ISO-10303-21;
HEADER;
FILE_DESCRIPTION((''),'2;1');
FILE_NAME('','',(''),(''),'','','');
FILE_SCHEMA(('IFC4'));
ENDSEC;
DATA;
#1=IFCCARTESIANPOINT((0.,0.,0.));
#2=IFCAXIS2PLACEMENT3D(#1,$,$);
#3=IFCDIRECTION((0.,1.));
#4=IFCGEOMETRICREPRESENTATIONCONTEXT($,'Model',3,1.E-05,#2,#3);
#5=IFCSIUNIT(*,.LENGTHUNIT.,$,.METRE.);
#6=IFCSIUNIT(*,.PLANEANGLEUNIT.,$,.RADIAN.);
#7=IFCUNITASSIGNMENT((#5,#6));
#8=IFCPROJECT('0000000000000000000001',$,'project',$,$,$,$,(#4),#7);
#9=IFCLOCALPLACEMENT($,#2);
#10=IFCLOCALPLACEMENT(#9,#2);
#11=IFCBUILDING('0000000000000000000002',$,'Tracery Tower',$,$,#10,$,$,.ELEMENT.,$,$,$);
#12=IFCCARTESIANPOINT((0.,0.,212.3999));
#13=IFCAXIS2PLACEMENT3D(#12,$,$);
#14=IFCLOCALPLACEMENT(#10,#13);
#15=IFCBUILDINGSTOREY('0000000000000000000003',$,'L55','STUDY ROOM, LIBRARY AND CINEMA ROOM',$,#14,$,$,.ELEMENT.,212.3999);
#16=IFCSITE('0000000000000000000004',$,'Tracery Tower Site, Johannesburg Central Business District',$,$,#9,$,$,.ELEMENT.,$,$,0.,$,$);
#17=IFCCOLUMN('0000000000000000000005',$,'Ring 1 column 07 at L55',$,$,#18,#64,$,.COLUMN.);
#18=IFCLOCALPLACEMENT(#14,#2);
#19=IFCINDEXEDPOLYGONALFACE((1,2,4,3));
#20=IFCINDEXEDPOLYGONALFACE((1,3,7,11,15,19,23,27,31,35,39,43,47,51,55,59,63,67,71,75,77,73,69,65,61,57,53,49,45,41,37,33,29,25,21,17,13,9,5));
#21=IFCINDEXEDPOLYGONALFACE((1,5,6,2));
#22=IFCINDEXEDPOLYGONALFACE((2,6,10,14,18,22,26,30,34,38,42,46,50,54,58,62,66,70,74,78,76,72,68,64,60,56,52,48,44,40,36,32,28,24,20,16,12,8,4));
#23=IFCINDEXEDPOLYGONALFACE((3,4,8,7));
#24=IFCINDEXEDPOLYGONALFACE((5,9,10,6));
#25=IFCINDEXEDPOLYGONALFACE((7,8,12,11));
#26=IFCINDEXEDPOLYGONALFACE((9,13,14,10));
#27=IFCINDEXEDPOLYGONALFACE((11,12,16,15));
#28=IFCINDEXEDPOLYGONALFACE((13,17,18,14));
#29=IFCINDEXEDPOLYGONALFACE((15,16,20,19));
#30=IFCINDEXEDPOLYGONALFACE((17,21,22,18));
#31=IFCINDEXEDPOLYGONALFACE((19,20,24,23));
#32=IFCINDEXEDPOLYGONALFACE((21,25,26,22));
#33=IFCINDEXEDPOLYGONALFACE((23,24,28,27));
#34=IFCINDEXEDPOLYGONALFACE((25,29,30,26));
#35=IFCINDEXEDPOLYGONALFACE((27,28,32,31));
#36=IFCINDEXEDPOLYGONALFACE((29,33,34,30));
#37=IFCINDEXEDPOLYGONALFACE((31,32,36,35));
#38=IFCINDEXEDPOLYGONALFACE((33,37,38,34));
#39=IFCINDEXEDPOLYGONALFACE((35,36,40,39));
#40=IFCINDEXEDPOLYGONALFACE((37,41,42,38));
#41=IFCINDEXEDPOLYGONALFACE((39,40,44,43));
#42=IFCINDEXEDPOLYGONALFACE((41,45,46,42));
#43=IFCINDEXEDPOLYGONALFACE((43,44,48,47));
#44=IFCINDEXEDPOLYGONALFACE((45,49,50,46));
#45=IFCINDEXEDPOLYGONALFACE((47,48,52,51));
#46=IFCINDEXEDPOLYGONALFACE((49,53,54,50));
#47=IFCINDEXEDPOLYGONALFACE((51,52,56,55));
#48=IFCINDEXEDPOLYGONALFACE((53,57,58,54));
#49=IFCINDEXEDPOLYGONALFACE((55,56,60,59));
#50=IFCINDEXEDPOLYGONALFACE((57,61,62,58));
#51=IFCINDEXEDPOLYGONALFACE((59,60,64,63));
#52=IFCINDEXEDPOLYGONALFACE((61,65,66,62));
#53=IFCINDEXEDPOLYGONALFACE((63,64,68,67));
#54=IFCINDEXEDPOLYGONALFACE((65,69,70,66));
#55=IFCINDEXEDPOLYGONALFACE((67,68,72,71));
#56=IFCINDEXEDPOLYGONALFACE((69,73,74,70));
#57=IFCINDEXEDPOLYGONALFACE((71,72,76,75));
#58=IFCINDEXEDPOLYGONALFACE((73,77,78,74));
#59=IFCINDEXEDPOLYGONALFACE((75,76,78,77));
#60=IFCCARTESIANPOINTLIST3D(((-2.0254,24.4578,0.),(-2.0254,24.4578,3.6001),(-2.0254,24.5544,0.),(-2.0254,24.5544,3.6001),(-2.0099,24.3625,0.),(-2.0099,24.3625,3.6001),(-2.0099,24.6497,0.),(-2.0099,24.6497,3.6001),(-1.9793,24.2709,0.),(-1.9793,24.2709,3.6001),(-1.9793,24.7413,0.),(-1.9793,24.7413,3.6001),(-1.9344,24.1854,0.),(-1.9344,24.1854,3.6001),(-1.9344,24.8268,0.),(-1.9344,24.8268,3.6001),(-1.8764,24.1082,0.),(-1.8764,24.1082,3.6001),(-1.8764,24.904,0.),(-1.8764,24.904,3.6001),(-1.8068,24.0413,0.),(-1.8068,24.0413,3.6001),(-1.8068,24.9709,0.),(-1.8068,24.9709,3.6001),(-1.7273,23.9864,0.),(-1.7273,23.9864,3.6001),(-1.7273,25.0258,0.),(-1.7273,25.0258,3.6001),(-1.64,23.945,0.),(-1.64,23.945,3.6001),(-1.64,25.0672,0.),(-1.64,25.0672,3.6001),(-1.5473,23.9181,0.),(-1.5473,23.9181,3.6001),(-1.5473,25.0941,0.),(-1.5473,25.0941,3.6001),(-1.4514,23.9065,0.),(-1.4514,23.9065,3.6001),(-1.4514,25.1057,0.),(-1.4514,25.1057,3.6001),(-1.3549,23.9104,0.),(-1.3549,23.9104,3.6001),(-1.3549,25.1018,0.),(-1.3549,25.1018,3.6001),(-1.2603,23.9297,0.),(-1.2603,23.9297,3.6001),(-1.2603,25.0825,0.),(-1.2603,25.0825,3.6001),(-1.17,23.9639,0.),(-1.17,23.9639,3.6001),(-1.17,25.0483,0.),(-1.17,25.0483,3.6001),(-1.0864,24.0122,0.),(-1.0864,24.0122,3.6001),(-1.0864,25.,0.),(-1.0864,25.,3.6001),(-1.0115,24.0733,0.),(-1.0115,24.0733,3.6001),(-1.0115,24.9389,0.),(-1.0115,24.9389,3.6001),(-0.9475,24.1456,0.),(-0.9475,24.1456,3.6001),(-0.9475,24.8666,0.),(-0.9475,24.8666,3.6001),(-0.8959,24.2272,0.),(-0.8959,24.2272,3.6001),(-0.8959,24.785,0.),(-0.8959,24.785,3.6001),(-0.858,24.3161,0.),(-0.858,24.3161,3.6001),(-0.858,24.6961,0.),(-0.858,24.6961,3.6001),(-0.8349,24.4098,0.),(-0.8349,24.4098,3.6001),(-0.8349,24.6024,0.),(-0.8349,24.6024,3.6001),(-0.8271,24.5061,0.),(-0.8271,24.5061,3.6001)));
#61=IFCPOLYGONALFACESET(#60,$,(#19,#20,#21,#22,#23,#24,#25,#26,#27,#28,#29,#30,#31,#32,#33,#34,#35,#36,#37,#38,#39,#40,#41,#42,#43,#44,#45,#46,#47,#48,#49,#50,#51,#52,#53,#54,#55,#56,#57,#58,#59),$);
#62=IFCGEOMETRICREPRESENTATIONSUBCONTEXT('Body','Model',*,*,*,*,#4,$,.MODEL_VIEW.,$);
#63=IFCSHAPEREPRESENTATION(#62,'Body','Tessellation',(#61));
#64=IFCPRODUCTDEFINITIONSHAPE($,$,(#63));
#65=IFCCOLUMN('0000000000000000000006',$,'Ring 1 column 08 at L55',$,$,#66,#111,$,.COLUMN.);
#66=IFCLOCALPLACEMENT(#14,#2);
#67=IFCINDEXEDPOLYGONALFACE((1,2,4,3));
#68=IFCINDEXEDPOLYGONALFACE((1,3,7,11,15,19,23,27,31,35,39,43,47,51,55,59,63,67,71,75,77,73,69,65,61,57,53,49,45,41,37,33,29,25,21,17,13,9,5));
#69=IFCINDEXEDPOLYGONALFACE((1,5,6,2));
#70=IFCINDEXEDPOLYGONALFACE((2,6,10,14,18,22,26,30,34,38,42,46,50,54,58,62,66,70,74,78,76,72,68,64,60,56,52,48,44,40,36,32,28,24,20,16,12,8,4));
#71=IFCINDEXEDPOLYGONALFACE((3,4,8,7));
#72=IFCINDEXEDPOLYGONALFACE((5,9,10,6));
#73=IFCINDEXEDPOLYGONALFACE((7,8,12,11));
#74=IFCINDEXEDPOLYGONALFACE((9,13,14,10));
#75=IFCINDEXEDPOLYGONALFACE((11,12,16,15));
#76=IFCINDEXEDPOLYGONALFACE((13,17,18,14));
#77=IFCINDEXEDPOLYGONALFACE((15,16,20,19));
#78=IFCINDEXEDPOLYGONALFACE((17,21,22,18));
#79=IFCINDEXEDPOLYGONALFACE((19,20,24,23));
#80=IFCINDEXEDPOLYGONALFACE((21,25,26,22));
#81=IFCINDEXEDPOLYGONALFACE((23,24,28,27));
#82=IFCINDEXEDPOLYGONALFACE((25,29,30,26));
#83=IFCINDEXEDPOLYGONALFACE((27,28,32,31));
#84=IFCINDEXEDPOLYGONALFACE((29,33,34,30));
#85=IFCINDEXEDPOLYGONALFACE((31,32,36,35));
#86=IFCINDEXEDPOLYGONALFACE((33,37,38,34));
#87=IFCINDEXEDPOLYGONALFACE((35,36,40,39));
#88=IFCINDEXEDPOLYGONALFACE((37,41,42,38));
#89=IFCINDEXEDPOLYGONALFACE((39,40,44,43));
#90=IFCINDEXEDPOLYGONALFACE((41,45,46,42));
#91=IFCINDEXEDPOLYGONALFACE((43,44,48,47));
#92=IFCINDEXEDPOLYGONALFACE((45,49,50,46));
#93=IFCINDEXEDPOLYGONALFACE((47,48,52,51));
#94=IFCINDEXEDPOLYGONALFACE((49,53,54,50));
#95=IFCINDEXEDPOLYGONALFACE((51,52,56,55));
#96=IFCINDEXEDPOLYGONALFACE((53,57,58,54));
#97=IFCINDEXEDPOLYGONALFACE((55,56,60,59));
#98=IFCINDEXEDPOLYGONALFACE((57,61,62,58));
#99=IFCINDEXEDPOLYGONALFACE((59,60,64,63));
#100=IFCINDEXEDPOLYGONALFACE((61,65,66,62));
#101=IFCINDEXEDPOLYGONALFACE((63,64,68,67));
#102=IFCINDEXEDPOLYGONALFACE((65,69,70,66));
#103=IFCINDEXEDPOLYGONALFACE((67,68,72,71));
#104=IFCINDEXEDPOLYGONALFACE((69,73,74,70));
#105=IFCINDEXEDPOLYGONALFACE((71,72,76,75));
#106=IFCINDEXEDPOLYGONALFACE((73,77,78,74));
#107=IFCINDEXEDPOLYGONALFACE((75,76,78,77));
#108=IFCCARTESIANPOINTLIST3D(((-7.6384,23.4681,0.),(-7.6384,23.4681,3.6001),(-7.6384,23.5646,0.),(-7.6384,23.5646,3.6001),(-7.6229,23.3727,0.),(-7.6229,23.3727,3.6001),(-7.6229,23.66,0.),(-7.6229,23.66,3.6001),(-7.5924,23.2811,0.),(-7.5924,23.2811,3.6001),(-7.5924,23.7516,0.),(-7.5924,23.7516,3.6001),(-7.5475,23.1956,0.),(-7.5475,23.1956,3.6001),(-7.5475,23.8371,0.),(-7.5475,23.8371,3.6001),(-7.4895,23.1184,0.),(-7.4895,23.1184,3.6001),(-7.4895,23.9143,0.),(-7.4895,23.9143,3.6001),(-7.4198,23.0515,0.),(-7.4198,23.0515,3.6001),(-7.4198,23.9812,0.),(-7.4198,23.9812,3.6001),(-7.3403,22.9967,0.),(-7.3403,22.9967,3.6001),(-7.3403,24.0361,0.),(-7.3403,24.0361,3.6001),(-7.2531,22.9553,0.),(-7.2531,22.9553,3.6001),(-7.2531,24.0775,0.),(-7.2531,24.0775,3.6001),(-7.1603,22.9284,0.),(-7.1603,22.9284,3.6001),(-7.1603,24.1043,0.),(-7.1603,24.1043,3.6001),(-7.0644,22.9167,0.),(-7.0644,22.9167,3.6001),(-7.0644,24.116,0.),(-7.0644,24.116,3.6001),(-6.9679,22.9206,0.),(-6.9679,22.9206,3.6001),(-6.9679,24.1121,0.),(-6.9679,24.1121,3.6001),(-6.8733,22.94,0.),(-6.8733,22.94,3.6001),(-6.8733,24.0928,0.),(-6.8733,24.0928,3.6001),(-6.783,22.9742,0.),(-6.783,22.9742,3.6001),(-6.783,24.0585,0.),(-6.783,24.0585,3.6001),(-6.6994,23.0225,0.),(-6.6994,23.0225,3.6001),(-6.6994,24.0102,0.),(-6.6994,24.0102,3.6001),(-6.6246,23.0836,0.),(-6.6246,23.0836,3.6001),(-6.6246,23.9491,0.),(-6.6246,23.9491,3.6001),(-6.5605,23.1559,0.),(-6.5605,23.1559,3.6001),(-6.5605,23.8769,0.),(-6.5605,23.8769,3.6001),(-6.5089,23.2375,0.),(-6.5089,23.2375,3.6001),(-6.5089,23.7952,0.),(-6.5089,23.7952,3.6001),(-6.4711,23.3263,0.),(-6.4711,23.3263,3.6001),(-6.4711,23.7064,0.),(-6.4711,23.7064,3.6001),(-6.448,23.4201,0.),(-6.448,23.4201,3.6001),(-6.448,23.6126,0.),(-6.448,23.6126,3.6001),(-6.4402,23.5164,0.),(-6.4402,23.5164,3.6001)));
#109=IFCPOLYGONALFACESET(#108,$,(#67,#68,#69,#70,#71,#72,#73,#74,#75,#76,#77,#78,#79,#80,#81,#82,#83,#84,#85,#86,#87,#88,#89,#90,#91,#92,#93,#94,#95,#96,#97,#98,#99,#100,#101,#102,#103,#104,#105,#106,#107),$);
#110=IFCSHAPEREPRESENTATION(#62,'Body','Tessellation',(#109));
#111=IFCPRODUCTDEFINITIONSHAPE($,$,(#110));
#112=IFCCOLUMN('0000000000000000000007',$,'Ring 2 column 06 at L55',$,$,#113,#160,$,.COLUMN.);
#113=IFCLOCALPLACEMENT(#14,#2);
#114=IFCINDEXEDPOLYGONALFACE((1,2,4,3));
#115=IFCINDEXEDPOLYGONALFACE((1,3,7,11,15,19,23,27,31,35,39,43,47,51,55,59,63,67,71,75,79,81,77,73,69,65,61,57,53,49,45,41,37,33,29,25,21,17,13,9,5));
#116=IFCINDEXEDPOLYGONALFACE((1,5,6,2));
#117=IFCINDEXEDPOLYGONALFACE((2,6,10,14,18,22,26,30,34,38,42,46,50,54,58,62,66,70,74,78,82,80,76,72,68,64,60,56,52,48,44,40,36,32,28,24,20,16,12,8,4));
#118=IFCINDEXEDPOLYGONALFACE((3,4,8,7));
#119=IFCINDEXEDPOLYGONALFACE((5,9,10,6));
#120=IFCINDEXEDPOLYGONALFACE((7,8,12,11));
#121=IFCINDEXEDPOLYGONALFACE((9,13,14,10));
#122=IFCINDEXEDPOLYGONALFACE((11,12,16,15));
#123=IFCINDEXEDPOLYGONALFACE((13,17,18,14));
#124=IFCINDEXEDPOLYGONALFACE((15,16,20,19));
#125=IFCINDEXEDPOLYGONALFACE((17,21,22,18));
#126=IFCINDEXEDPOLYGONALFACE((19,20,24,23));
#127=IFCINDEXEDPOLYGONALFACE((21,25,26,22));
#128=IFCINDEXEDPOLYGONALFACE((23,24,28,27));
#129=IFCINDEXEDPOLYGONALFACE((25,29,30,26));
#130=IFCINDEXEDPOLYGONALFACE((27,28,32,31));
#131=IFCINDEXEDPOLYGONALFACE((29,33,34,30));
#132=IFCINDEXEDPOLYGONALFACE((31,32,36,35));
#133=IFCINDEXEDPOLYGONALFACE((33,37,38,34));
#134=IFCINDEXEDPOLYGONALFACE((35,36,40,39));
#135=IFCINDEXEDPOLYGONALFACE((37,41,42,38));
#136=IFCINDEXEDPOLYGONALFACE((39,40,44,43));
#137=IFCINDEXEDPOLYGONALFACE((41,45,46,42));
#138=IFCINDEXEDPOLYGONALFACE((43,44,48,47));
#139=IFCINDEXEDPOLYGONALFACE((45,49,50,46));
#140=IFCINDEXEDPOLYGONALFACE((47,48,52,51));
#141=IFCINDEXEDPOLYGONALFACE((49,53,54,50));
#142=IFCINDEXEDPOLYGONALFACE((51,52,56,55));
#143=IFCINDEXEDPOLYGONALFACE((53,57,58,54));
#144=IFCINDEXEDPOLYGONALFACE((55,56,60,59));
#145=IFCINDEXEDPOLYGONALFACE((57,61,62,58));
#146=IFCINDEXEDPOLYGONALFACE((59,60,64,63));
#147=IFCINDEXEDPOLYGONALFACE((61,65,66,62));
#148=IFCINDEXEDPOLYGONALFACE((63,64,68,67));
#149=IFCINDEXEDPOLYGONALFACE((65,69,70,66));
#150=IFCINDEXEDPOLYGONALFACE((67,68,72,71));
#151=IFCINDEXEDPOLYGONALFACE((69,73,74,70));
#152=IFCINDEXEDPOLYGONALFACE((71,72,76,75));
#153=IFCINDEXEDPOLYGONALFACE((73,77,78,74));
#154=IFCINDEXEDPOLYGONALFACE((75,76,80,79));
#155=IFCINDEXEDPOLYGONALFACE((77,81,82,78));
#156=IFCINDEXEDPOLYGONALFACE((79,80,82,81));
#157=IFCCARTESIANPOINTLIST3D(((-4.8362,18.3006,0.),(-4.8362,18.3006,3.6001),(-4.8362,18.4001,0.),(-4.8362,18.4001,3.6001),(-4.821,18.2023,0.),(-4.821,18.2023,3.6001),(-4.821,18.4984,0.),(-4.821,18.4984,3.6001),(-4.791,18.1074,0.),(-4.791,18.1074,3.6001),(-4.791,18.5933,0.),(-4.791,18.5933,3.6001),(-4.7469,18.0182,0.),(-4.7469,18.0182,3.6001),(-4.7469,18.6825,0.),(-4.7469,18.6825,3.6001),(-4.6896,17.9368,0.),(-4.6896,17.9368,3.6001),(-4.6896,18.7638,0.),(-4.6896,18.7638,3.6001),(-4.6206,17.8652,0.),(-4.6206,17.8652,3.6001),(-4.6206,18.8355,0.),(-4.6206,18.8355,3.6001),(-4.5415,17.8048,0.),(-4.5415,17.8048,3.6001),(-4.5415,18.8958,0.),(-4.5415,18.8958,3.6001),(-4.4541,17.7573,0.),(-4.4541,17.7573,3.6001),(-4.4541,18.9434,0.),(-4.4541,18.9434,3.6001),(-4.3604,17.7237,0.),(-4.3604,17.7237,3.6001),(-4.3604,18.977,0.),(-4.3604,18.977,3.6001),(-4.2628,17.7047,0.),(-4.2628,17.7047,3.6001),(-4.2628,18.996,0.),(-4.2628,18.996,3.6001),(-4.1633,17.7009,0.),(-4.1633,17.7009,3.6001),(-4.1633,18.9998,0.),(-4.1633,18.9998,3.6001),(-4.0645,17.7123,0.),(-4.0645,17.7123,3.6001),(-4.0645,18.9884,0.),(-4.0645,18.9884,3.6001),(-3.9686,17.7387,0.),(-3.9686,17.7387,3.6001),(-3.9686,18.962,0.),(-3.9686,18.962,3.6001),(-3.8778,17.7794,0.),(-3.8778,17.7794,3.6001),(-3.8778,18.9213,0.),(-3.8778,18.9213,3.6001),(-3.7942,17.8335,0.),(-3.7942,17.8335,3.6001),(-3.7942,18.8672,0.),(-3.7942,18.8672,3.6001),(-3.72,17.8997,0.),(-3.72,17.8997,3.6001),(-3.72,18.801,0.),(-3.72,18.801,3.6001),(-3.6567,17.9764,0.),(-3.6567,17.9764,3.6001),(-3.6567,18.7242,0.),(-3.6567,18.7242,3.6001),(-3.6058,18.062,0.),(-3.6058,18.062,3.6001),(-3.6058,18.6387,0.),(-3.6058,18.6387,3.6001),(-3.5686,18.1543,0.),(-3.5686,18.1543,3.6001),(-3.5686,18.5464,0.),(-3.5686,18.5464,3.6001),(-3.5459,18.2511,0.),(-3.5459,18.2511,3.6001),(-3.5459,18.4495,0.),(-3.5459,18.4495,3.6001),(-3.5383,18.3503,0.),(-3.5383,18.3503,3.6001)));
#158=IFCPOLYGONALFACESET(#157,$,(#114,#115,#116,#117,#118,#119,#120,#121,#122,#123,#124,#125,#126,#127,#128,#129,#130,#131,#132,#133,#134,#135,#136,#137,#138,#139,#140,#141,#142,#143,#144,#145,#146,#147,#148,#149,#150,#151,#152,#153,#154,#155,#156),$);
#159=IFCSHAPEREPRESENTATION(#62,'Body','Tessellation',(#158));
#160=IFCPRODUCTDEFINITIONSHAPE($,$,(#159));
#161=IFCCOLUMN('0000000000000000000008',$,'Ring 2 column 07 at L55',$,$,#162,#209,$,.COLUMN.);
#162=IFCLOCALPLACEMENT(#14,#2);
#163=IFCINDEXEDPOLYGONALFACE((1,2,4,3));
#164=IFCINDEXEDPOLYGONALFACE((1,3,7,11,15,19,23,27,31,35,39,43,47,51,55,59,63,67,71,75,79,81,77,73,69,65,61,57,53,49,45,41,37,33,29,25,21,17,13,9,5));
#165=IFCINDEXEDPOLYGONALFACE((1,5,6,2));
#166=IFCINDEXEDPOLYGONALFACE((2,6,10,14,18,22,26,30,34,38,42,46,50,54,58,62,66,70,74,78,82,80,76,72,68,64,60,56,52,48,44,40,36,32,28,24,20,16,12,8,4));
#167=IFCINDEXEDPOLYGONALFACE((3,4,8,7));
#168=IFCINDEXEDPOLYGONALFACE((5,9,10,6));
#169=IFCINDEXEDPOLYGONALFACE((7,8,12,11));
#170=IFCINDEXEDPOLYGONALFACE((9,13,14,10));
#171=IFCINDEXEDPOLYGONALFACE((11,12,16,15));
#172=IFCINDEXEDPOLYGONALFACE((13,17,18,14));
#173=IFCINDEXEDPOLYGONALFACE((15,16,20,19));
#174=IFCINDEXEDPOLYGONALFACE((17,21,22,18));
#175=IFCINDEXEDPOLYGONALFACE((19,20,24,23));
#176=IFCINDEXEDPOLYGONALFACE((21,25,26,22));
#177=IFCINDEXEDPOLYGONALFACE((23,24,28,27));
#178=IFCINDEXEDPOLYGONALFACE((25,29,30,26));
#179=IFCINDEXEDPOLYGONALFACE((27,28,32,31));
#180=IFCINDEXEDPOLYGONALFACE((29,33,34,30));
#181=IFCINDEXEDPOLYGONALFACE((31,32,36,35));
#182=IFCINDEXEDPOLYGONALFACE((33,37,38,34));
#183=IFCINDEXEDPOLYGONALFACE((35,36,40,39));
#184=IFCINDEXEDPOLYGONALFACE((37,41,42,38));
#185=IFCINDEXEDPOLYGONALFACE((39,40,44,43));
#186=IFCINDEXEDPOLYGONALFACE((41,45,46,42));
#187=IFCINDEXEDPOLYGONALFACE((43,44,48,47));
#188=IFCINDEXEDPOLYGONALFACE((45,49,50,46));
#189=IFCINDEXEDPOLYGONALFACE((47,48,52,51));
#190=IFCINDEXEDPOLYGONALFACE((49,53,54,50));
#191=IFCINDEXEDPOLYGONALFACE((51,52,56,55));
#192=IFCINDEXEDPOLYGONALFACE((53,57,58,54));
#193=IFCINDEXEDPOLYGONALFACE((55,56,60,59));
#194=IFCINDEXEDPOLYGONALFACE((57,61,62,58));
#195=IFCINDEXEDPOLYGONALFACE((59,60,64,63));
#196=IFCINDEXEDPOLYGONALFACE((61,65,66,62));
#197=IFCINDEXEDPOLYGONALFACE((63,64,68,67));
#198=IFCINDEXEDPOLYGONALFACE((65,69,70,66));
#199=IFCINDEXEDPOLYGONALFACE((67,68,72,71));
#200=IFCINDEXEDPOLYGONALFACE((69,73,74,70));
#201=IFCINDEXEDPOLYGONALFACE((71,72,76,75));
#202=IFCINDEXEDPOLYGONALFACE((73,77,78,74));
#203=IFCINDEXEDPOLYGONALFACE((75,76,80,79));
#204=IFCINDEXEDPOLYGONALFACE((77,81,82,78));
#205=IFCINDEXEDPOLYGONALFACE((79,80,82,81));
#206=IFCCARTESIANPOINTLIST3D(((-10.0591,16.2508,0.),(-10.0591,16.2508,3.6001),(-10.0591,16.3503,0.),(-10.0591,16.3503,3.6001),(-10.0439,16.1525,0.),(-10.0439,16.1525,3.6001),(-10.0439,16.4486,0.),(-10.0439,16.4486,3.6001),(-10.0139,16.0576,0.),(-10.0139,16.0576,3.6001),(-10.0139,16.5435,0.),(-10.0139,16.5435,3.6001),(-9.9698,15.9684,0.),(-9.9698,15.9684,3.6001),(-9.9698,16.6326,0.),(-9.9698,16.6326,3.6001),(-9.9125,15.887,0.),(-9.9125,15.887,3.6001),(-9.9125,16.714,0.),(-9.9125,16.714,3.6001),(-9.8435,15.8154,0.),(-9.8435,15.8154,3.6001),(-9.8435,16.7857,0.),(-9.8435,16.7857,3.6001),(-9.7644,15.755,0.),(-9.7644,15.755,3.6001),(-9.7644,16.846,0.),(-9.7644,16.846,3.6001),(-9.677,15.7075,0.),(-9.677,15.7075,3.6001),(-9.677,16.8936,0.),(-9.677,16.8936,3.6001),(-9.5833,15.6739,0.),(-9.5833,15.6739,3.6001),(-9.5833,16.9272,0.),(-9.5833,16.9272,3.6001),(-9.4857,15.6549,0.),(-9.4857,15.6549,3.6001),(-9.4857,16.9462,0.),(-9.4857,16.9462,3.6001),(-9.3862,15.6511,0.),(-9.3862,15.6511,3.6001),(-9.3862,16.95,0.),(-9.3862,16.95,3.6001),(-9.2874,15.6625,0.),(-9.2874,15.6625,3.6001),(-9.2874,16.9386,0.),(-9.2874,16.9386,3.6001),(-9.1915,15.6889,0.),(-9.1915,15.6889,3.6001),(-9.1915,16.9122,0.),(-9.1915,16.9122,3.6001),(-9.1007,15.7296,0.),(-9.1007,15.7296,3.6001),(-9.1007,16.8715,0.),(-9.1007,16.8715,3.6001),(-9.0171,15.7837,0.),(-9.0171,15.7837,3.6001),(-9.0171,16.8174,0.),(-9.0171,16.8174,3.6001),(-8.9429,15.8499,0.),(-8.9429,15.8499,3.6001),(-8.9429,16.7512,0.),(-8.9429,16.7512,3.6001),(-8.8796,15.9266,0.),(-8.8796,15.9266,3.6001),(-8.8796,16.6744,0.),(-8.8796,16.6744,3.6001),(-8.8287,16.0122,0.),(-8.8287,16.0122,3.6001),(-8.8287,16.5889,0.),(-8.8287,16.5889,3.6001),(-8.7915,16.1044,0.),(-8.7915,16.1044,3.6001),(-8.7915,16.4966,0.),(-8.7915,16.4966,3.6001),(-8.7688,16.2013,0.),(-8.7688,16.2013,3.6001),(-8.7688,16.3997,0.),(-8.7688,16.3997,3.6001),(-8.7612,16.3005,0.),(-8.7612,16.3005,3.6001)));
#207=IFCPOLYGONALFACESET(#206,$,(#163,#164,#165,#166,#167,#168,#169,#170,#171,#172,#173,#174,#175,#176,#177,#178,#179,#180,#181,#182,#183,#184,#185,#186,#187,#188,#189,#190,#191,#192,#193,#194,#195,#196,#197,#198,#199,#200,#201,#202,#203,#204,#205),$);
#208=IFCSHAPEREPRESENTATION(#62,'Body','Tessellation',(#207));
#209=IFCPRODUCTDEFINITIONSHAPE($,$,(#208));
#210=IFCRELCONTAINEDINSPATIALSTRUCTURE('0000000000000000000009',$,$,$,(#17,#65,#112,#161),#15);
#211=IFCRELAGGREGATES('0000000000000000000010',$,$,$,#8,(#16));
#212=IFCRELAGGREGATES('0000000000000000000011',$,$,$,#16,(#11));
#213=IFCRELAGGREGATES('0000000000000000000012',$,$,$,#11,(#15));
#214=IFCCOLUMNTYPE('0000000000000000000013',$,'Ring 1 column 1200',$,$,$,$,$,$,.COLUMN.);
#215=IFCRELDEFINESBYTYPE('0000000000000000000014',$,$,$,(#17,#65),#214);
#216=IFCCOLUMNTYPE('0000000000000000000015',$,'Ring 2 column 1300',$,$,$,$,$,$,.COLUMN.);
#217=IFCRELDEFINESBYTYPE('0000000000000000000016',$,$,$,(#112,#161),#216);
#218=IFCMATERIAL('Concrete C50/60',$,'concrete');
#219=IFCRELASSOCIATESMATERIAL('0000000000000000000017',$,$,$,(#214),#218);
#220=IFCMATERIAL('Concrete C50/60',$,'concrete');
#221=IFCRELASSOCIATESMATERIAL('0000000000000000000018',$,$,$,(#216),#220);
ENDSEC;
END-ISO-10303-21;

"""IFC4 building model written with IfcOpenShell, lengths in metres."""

from ifc_helpers import new_model, si_unit, direction, frame, origin, origin_2d, place, context, subcontext, project, spatial, circle, extrude, material, material_profile, profile_set, type_object, element, save


model = new_model("IFC4")

# Units and contexts
model_context = context("Model", 3, precision=1e-05, world=origin(), true_north=direction((0.0, 1.0)))
body_context = subcontext(model_context, "Body", "Model", "MODEL_VIEW")
ifc_project = project(units=[si_unit("LENGTHUNIT", "METRE"), si_unit("PLANEANGLEUNIT", "RADIAN")], contexts=[model_context])

# Site, building, storey
site_placement = place(None, origin())
site = spatial("IfcSite", under=ifc_project, at=site_placement, Name="Tracery Tower Site, Johannesburg Central Business District", CompositionType="ELEMENT", RefElevation=0.0)
building_placement = place(site_placement, origin())
building = spatial("IfcBuilding", under=site, at=building_placement, Name="Tracery Tower", CompositionType="ELEMENT")
storey_placement = place(building_placement, frame((0.0, 0.0, 212.3999)))
storey = spatial("IfcBuildingStorey", under=building, at=storey_placement, Name="L55", Description="STUDY ROOM, LIBRARY AND CINEMA ROOM", CompositionType="ELEMENT", Elevation=212.3999)

# Columns
ifc_material_1 = material(Name="Concrete C50/60", Category="concrete")
ifc_material_profile_1 = material_profile(ifc_material_1, circle(Radius=0.6001, at=origin_2d()), Name="RC D1200")
ifc_profile_set_1 = profile_set([ifc_material_profile_1], Name="Concrete C50/60")
column_type_1 = type_object("IfcColumnType", Name="Ring 1 column 1200", PredefinedType="COLUMN", material=ifc_profile_set_1)
for number, where, z_axis, x_axis, name in (
    (1, (-1.4272, 24.5061, 0.0), (0.0, 0.0, 1.0), (1.0, 0.0, 0.0), "Ring 1 column 07 at L55"),
    (2, (-7.0403, 23.5164, 0.0), (0.0, 0.0, 1.0), (1.0, 0.0, 0.0), "Ring 1 column 08 at L55"),
):
    element("IfcColumn", number, at=place(storey_placement, frame(where, z_axis=z_axis, x_axis=x_axis)), inside=storey, type_object=column_type_1, Name=name, PredefinedType="COLUMN", context=body_context, shape_type="SweptSolid", body=[
        extrude(circle(Radius=0.6001, at=origin_2d()), origin(), (0.0, 0.0, 1.0), 3.6001),
    ])
ifc_material_2 = material(Name="Concrete C50/60", Category="concrete")
ifc_material_profile_2 = material_profile(ifc_material_2, circle(Radius=0.6499, at=origin_2d()), Name="RC D1300")
ifc_profile_set_2 = profile_set([ifc_material_profile_2], Name="Concrete C50/60")
column_type_2 = type_object("IfcColumnType", Name="Ring 2 column 1300", PredefinedType="COLUMN", material=ifc_profile_set_2)
for number, where, z_axis, x_axis, name in (
    (3, (-4.1882, 18.3503, 0.0), (0.0, 0.0, 1.0), (1.0, 0.0, 0.0), "Ring 2 column 06 at L55"),
    (4, (-9.4111, 16.3005, 0.0), (0.0, 0.0, 1.0), (1.0, 0.0, 0.0), "Ring 2 column 07 at L55"),
):
    element("IfcColumn", number, at=place(storey_placement, frame(where, z_axis=z_axis, x_axis=x_axis)), inside=storey, type_object=column_type_2, Name=name, PredefinedType="COLUMN", context=body_context, shape_type="SweptSolid", body=[
        extrude(circle(Radius=0.6499, at=origin_2d()), origin(), (0.0, 0.0, 1.0), 3.6001),
    ])

save(model, "model.ifc")
